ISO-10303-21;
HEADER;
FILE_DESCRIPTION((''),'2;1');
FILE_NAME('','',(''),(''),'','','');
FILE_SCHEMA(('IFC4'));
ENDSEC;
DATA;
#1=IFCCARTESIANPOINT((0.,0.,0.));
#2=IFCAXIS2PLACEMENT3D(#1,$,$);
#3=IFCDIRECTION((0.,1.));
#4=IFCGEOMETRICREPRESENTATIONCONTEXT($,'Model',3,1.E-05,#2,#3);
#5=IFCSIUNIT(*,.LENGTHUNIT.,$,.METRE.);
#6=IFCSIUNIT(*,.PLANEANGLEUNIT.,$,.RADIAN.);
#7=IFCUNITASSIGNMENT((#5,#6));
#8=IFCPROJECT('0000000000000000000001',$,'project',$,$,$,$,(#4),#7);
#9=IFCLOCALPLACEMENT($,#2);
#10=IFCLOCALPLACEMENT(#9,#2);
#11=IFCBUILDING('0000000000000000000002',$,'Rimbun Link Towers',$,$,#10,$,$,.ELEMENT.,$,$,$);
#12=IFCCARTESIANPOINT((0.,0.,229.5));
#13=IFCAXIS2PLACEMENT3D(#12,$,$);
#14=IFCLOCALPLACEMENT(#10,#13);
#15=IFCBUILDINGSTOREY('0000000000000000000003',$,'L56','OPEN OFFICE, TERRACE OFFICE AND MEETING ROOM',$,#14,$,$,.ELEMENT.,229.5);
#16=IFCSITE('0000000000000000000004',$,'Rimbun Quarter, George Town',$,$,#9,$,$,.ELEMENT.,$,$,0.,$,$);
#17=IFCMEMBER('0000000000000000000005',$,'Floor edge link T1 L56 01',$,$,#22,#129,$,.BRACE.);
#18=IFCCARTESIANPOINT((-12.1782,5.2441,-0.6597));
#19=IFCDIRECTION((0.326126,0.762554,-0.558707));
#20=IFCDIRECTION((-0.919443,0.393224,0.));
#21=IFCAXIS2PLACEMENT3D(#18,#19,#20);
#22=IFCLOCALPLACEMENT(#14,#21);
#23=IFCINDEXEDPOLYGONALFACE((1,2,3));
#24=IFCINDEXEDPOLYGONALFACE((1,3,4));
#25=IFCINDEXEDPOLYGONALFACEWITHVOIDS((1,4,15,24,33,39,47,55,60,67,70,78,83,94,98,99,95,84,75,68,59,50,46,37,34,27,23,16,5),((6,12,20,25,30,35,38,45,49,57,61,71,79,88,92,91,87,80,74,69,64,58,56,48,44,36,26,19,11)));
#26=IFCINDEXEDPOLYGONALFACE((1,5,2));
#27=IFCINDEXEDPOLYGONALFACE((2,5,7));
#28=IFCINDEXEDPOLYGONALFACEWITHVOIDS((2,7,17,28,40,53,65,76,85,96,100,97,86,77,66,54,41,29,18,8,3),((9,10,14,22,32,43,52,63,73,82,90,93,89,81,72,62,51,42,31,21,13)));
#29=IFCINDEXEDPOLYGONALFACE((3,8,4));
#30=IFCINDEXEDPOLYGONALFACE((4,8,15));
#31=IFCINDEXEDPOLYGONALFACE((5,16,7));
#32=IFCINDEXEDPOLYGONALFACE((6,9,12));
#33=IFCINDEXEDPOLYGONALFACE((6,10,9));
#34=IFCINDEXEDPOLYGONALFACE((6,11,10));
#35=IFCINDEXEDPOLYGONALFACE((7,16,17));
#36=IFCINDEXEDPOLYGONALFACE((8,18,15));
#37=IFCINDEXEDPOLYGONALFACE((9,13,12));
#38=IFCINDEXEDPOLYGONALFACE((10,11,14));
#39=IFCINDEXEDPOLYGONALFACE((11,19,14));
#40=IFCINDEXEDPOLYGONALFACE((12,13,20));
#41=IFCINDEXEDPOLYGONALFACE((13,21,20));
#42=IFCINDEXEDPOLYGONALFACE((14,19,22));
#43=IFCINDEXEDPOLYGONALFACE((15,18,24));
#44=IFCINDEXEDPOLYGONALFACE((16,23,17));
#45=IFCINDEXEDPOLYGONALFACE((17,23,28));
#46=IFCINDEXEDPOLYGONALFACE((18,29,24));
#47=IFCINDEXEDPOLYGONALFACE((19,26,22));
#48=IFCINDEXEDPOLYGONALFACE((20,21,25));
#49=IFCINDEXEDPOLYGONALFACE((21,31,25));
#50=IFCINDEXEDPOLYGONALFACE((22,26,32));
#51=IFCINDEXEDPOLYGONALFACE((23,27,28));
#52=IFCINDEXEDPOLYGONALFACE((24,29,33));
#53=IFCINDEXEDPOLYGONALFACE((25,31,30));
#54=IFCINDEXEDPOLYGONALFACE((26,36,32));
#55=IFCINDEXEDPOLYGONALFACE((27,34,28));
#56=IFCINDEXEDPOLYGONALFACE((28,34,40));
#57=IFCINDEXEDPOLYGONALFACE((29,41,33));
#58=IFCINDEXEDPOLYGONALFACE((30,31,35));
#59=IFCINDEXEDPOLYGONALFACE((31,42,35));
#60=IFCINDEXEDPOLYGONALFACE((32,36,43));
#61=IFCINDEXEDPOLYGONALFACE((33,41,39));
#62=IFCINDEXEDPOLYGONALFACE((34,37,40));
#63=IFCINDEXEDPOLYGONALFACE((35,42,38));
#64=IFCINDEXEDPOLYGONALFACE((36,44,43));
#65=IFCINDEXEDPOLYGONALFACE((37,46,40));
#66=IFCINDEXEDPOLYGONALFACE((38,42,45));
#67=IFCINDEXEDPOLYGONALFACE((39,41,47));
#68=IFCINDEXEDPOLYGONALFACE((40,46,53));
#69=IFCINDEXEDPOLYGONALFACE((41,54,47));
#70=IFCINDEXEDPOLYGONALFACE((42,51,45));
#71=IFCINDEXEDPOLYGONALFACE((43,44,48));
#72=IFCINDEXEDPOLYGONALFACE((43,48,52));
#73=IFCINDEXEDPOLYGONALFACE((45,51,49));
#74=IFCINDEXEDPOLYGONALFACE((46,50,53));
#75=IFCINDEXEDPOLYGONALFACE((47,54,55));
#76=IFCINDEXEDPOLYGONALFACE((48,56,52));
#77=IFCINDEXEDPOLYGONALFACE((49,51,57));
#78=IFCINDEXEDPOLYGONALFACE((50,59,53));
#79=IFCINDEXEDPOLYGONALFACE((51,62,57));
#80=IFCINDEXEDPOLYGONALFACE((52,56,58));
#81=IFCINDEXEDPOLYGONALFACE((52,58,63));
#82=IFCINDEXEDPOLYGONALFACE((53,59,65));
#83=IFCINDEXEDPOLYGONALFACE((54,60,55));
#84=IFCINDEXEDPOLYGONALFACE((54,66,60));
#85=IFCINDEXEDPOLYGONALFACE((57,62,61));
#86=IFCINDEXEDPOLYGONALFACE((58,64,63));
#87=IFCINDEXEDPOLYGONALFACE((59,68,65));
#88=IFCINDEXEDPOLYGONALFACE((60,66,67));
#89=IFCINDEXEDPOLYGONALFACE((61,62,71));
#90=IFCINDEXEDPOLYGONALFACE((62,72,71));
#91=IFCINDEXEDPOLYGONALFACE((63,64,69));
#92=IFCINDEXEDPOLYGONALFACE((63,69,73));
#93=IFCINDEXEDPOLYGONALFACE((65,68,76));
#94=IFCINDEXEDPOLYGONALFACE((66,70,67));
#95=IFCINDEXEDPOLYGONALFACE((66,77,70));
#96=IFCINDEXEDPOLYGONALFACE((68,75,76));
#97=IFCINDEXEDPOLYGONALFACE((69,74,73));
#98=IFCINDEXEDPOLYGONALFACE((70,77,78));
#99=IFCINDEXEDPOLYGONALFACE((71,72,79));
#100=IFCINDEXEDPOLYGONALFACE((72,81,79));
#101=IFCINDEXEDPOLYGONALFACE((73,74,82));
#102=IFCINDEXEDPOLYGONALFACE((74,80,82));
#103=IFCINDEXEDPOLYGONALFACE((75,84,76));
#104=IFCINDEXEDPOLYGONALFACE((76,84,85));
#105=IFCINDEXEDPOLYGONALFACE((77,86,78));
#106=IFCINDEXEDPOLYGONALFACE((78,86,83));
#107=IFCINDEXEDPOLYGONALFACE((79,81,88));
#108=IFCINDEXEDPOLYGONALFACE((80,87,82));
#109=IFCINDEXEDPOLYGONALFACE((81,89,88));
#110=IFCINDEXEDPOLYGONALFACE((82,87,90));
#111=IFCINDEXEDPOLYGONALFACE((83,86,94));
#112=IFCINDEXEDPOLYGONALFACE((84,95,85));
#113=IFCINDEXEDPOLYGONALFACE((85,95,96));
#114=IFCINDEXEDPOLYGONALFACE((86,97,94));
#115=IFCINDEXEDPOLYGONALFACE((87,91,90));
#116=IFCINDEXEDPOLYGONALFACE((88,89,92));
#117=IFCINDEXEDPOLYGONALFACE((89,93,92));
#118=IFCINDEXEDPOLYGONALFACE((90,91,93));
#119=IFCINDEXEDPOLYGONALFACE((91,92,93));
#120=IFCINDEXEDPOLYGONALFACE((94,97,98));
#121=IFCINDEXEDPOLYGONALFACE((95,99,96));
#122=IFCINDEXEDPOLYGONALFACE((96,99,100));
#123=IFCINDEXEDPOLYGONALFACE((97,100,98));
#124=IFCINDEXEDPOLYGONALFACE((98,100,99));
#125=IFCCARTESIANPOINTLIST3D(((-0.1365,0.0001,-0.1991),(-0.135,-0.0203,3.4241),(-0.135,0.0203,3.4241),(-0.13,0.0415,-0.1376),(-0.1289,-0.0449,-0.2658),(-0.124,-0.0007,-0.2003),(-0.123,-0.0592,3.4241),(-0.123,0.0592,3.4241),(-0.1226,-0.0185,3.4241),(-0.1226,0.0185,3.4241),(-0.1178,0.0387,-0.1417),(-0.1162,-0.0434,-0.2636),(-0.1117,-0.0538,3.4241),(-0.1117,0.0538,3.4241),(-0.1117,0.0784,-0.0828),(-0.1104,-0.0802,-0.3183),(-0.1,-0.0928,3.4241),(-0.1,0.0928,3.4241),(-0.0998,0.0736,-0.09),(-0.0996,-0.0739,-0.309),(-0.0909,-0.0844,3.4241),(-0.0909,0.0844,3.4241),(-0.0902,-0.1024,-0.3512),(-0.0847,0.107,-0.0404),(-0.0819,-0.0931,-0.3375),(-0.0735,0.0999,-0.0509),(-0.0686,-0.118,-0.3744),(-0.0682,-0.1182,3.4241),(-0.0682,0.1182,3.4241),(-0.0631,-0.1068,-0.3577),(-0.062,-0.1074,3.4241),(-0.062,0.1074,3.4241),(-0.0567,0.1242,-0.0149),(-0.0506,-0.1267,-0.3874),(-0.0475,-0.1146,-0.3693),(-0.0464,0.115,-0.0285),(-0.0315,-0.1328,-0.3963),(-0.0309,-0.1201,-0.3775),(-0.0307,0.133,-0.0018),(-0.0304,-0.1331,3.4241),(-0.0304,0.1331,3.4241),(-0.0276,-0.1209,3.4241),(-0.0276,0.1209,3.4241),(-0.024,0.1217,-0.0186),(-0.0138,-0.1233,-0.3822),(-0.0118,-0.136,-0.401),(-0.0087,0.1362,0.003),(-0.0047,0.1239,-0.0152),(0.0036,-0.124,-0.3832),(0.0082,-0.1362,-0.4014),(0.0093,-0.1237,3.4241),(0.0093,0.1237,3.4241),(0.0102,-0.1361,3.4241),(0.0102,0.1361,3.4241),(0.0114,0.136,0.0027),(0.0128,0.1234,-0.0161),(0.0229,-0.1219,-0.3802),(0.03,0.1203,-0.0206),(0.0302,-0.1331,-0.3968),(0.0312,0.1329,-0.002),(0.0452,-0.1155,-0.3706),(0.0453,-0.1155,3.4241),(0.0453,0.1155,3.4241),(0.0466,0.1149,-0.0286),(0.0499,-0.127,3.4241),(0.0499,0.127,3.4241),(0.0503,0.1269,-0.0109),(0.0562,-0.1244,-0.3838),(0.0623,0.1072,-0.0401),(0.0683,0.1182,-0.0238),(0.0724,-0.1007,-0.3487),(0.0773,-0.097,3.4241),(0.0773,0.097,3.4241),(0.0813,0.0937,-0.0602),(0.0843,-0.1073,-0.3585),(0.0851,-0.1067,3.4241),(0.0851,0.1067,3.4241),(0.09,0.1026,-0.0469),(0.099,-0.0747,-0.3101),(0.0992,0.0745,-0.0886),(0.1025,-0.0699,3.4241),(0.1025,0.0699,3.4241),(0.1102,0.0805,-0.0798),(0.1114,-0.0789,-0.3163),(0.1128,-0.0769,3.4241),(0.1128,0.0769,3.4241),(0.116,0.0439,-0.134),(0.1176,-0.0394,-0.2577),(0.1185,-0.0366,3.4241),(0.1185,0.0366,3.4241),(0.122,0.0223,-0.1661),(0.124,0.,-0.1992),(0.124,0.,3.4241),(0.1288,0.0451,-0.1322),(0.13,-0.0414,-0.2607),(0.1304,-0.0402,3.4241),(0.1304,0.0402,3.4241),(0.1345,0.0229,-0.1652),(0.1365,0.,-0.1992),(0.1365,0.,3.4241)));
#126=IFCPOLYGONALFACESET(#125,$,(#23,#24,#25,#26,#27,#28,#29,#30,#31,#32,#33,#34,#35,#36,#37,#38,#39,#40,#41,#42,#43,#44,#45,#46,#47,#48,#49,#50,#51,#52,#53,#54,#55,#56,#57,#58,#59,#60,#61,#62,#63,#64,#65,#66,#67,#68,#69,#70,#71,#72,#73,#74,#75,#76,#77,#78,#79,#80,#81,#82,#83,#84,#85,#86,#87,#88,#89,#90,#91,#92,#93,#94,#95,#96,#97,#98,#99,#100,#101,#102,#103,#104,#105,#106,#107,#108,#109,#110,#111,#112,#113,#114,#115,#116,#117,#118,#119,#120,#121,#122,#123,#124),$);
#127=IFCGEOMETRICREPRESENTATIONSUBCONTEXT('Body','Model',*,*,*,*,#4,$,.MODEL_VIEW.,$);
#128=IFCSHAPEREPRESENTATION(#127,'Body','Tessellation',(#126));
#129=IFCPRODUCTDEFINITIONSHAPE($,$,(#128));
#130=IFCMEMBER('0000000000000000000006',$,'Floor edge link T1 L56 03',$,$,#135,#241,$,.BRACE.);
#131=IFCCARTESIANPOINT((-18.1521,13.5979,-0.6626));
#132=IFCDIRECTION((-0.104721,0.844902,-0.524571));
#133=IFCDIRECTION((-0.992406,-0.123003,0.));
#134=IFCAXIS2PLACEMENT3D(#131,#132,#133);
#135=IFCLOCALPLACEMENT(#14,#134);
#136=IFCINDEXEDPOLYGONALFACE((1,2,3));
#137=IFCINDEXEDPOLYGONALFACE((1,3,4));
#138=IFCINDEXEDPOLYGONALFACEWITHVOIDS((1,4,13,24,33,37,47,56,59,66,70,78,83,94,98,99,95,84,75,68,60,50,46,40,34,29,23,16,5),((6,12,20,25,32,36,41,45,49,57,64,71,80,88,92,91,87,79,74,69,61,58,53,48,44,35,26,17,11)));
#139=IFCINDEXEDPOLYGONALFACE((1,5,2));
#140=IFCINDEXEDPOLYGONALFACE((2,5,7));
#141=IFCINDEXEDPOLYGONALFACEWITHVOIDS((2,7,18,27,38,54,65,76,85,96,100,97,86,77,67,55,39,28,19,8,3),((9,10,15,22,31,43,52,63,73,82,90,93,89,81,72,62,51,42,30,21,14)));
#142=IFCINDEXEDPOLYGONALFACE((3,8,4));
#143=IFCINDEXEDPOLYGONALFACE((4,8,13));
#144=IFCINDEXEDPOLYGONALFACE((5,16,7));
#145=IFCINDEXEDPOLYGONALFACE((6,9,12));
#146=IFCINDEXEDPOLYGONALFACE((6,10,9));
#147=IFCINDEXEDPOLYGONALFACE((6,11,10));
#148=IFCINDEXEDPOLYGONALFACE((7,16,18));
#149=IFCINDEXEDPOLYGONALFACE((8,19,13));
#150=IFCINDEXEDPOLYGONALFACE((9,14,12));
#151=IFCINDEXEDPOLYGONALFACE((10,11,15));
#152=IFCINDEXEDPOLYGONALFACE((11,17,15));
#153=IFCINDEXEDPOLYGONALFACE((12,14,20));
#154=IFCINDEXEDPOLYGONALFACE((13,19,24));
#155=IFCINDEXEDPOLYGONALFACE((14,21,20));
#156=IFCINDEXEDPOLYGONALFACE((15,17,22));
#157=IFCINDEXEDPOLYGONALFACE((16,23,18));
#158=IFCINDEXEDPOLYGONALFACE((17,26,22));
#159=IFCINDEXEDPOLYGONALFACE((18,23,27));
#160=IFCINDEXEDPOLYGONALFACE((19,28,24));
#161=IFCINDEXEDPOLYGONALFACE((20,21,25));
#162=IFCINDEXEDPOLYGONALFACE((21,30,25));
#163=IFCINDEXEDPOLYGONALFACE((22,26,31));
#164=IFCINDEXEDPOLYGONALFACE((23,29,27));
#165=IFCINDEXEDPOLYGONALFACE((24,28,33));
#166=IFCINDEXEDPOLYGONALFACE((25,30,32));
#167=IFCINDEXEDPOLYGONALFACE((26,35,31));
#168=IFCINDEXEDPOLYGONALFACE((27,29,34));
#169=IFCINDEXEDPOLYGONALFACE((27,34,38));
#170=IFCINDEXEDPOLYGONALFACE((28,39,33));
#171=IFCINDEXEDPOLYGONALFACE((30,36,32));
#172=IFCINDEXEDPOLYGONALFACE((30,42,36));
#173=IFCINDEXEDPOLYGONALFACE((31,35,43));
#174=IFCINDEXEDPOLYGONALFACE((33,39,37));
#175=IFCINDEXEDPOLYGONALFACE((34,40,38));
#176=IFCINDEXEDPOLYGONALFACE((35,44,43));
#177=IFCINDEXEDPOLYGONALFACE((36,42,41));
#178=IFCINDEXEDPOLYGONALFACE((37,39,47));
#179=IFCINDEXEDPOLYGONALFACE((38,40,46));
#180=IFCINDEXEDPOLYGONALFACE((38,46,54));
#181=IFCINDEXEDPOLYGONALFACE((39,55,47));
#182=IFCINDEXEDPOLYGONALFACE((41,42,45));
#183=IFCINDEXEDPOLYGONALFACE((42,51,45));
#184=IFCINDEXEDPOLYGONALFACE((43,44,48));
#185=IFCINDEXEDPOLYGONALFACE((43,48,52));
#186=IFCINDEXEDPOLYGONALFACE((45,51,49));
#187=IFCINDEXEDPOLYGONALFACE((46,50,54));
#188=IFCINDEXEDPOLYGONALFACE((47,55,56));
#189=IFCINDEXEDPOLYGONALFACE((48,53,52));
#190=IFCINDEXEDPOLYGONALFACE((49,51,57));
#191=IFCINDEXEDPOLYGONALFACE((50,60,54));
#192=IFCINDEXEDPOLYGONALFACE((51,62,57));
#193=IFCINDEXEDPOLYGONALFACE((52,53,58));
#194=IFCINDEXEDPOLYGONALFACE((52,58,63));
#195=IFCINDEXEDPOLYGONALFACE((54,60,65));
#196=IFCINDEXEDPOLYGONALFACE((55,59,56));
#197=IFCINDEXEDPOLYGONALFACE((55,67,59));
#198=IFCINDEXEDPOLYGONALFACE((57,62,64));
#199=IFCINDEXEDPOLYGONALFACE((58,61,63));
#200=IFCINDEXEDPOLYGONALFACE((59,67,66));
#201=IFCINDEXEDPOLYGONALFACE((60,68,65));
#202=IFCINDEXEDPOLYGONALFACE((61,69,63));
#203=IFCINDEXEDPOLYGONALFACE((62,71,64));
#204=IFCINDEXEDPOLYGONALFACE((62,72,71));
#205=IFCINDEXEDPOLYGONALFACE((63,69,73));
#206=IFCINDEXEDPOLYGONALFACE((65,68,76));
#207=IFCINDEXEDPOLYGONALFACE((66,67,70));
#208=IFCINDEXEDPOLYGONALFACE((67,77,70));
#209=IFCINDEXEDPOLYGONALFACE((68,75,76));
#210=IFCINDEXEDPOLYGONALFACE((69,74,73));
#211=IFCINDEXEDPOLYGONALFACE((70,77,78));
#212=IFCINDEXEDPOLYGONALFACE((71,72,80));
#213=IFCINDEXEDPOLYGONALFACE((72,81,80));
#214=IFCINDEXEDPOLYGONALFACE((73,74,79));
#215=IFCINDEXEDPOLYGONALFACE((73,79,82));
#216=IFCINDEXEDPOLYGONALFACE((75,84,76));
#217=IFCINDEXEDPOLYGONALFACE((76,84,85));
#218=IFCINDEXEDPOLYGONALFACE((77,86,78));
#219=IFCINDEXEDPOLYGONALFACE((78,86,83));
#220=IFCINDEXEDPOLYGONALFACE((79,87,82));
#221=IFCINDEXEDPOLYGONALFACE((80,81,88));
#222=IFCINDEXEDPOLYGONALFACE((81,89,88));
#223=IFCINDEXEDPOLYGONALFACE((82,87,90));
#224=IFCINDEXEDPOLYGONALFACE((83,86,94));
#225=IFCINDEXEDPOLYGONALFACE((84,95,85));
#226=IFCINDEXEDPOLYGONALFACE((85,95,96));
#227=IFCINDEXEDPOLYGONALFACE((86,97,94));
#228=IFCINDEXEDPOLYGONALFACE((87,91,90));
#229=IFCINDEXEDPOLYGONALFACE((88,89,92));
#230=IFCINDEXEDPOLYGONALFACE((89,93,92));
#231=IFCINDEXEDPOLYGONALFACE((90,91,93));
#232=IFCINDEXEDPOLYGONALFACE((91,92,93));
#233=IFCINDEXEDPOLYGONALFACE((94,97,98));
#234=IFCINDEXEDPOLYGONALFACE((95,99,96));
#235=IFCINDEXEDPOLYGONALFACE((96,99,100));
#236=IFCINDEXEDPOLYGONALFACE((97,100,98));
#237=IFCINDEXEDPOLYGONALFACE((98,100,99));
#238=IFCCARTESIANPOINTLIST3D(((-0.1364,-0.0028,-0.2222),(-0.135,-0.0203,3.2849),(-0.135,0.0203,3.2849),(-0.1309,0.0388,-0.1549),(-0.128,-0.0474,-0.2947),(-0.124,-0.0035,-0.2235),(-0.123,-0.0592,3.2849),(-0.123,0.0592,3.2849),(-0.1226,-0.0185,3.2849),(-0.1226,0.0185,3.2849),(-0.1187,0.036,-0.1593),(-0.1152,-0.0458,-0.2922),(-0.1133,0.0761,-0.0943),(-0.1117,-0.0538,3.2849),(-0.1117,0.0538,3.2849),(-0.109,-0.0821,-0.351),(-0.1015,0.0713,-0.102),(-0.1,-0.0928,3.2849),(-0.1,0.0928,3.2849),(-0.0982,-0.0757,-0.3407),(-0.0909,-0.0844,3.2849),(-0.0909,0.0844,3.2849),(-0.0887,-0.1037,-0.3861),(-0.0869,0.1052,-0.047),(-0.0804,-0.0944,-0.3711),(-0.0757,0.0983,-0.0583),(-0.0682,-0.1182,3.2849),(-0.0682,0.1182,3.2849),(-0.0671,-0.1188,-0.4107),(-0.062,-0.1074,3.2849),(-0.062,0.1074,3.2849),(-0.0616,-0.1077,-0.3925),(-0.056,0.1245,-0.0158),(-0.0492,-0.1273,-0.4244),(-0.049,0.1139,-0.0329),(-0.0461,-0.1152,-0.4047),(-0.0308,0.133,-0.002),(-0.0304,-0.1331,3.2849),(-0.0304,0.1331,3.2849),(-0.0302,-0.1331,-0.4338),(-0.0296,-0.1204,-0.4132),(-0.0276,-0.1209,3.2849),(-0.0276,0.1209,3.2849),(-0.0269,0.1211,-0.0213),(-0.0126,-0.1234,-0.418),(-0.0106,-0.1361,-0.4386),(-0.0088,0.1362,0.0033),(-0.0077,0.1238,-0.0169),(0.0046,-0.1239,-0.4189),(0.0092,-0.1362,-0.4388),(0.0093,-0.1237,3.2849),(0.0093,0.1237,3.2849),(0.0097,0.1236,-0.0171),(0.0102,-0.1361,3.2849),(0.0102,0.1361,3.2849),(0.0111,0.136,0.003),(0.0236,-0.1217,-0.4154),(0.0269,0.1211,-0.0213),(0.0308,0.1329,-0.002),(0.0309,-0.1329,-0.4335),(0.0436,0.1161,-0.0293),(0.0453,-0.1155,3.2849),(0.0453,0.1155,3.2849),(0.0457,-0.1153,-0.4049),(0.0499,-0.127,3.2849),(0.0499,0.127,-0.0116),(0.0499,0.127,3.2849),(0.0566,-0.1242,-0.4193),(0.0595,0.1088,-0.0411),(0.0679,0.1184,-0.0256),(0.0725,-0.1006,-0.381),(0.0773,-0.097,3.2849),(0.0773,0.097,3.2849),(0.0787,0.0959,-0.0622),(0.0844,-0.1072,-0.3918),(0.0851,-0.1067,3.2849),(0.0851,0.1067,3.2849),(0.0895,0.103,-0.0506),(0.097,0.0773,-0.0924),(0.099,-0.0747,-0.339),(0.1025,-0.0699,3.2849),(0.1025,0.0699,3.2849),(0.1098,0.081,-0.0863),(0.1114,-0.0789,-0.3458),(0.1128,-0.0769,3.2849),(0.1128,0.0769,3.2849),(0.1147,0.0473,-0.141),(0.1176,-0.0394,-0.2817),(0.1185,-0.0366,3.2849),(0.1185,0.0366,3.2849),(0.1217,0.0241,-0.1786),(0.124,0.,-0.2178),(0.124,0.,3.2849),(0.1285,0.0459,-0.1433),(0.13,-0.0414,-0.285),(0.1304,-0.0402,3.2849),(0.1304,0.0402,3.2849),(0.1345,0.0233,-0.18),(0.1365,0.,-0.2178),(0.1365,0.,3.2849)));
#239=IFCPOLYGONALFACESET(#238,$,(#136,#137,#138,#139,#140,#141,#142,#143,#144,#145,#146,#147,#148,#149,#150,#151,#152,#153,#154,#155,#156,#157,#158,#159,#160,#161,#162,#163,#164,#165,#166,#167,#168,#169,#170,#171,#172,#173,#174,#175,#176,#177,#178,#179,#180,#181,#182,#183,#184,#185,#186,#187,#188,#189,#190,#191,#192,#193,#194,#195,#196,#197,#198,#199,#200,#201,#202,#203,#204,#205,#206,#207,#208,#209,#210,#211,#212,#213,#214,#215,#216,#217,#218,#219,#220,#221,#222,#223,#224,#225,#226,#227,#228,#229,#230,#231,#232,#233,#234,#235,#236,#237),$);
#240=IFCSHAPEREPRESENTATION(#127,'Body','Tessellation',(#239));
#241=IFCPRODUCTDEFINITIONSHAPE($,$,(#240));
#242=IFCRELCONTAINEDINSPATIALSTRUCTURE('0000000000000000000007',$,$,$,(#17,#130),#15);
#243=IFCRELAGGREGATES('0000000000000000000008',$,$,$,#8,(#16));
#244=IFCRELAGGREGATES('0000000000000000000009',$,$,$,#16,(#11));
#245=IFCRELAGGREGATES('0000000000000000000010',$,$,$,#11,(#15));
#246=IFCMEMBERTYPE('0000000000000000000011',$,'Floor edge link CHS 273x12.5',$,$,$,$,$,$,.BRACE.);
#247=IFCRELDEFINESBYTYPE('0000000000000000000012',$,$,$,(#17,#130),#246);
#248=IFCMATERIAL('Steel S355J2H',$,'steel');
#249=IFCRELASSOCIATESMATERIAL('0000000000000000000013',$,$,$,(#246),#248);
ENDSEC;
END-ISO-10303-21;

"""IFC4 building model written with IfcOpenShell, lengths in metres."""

from ifc_helpers import new_model, si_unit, direction, frame, origin, origin_2d, place, context, subcontext, project, spatial, hollow_circle, extrude, clip, halfspace, material, material_profile, profile_set, type_object, element, save


model = new_model("IFC4")

# Units and contexts
model_context = context("Model", 3, precision=1e-05, world=origin(), true_north=direction((0.0, 1.0)))
body_context = subcontext(model_context, "Body", "Model", "MODEL_VIEW")
ifc_project = project(units=[si_unit("LENGTHUNIT", "METRE"), si_unit("PLANEANGLEUNIT", "RADIAN")], contexts=[model_context])

# Site, building, storey
site_placement = place(None, origin())
site = spatial("IfcSite", under=ifc_project, at=site_placement, Name="Rimbun Quarter, George Town", CompositionType="ELEMENT", RefElevation=0.0)
building_placement = place(site_placement, origin())
building = spatial("IfcBuilding", under=site, at=building_placement, Name="Rimbun Link Towers", CompositionType="ELEMENT")
storey_placement = place(building_placement, frame((0.0, 0.0, 229.5)))
storey = spatial("IfcBuildingStorey", under=building, at=storey_placement, Name="L56", Description="OPEN OFFICE, TERRACE OFFICE AND MEETING ROOM", CompositionType="ELEMENT", Elevation=229.5)

# Members
ifc_material_1 = material(Name="Steel S355J2H", Category="steel")
ifc_material_profile_1 = material_profile(ifc_material_1, hollow_circle(Radius=0.1365, WallThickness=0.0125, at=origin_2d()), Name="CHS 273x12.5")
ifc_profile_set_1 = profile_set([ifc_material_profile_1], Name="Steel S355J2H")
member_type_1 = type_object("IfcMemberType", Name="Floor edge link CHS 273x12.5", PredefinedType="BRACE", material=ifc_profile_set_1)
member_1_placement = place(storey_placement, frame((-12.1782, 5.2441, -0.6597), z_axis=(0.326126, 0.762554, -0.558707), x_axis=(-0.919443, 0.393224, 0.0)))
element("IfcMember", 1, at=member_1_placement, inside=storey, type_object=member_type_1, Name="Floor edge link T1 L56 01", PredefinedType="BRACE", context=body_context, shape_type="Clipping", body=[
    clip(extrude(hollow_circle(Radius=0.1365, WallThickness=0.0125, at=origin_2d()), frame((0.0, 0.0, -0.4231)), (0.0, 0.0, 1.0), 3.8472), halfspace(frame((0.0, 0.0, -0.1992), z_axis=(0.0, 0.829365, -0.558707)), False)),
])
member_2_placement = place(storey_placement, frame((-18.1521, 13.5979, -0.6626), z_axis=(-0.104721, 0.844902, -0.524571), x_axis=(-0.992406, -0.123003, 0.0)))
element("IfcMember", 2, at=member_2_placement, inside=storey, type_object=member_type_1, Name="Floor edge link T1 L56 03", PredefinedType="BRACE", context=body_context, shape_type="Clipping", body=[
    clip(extrude(hollow_circle(Radius=0.1365, WallThickness=0.0125, at=origin_2d()), frame((0.0, 0.0, -0.4622)), (0.0, 0.0, 1.0), 3.7471), halfspace(frame((0.0, 0.0, -0.2178), z_axis=(0.0, 0.851367, -0.524571)), False)),
])

save(model, "model.ifc")
